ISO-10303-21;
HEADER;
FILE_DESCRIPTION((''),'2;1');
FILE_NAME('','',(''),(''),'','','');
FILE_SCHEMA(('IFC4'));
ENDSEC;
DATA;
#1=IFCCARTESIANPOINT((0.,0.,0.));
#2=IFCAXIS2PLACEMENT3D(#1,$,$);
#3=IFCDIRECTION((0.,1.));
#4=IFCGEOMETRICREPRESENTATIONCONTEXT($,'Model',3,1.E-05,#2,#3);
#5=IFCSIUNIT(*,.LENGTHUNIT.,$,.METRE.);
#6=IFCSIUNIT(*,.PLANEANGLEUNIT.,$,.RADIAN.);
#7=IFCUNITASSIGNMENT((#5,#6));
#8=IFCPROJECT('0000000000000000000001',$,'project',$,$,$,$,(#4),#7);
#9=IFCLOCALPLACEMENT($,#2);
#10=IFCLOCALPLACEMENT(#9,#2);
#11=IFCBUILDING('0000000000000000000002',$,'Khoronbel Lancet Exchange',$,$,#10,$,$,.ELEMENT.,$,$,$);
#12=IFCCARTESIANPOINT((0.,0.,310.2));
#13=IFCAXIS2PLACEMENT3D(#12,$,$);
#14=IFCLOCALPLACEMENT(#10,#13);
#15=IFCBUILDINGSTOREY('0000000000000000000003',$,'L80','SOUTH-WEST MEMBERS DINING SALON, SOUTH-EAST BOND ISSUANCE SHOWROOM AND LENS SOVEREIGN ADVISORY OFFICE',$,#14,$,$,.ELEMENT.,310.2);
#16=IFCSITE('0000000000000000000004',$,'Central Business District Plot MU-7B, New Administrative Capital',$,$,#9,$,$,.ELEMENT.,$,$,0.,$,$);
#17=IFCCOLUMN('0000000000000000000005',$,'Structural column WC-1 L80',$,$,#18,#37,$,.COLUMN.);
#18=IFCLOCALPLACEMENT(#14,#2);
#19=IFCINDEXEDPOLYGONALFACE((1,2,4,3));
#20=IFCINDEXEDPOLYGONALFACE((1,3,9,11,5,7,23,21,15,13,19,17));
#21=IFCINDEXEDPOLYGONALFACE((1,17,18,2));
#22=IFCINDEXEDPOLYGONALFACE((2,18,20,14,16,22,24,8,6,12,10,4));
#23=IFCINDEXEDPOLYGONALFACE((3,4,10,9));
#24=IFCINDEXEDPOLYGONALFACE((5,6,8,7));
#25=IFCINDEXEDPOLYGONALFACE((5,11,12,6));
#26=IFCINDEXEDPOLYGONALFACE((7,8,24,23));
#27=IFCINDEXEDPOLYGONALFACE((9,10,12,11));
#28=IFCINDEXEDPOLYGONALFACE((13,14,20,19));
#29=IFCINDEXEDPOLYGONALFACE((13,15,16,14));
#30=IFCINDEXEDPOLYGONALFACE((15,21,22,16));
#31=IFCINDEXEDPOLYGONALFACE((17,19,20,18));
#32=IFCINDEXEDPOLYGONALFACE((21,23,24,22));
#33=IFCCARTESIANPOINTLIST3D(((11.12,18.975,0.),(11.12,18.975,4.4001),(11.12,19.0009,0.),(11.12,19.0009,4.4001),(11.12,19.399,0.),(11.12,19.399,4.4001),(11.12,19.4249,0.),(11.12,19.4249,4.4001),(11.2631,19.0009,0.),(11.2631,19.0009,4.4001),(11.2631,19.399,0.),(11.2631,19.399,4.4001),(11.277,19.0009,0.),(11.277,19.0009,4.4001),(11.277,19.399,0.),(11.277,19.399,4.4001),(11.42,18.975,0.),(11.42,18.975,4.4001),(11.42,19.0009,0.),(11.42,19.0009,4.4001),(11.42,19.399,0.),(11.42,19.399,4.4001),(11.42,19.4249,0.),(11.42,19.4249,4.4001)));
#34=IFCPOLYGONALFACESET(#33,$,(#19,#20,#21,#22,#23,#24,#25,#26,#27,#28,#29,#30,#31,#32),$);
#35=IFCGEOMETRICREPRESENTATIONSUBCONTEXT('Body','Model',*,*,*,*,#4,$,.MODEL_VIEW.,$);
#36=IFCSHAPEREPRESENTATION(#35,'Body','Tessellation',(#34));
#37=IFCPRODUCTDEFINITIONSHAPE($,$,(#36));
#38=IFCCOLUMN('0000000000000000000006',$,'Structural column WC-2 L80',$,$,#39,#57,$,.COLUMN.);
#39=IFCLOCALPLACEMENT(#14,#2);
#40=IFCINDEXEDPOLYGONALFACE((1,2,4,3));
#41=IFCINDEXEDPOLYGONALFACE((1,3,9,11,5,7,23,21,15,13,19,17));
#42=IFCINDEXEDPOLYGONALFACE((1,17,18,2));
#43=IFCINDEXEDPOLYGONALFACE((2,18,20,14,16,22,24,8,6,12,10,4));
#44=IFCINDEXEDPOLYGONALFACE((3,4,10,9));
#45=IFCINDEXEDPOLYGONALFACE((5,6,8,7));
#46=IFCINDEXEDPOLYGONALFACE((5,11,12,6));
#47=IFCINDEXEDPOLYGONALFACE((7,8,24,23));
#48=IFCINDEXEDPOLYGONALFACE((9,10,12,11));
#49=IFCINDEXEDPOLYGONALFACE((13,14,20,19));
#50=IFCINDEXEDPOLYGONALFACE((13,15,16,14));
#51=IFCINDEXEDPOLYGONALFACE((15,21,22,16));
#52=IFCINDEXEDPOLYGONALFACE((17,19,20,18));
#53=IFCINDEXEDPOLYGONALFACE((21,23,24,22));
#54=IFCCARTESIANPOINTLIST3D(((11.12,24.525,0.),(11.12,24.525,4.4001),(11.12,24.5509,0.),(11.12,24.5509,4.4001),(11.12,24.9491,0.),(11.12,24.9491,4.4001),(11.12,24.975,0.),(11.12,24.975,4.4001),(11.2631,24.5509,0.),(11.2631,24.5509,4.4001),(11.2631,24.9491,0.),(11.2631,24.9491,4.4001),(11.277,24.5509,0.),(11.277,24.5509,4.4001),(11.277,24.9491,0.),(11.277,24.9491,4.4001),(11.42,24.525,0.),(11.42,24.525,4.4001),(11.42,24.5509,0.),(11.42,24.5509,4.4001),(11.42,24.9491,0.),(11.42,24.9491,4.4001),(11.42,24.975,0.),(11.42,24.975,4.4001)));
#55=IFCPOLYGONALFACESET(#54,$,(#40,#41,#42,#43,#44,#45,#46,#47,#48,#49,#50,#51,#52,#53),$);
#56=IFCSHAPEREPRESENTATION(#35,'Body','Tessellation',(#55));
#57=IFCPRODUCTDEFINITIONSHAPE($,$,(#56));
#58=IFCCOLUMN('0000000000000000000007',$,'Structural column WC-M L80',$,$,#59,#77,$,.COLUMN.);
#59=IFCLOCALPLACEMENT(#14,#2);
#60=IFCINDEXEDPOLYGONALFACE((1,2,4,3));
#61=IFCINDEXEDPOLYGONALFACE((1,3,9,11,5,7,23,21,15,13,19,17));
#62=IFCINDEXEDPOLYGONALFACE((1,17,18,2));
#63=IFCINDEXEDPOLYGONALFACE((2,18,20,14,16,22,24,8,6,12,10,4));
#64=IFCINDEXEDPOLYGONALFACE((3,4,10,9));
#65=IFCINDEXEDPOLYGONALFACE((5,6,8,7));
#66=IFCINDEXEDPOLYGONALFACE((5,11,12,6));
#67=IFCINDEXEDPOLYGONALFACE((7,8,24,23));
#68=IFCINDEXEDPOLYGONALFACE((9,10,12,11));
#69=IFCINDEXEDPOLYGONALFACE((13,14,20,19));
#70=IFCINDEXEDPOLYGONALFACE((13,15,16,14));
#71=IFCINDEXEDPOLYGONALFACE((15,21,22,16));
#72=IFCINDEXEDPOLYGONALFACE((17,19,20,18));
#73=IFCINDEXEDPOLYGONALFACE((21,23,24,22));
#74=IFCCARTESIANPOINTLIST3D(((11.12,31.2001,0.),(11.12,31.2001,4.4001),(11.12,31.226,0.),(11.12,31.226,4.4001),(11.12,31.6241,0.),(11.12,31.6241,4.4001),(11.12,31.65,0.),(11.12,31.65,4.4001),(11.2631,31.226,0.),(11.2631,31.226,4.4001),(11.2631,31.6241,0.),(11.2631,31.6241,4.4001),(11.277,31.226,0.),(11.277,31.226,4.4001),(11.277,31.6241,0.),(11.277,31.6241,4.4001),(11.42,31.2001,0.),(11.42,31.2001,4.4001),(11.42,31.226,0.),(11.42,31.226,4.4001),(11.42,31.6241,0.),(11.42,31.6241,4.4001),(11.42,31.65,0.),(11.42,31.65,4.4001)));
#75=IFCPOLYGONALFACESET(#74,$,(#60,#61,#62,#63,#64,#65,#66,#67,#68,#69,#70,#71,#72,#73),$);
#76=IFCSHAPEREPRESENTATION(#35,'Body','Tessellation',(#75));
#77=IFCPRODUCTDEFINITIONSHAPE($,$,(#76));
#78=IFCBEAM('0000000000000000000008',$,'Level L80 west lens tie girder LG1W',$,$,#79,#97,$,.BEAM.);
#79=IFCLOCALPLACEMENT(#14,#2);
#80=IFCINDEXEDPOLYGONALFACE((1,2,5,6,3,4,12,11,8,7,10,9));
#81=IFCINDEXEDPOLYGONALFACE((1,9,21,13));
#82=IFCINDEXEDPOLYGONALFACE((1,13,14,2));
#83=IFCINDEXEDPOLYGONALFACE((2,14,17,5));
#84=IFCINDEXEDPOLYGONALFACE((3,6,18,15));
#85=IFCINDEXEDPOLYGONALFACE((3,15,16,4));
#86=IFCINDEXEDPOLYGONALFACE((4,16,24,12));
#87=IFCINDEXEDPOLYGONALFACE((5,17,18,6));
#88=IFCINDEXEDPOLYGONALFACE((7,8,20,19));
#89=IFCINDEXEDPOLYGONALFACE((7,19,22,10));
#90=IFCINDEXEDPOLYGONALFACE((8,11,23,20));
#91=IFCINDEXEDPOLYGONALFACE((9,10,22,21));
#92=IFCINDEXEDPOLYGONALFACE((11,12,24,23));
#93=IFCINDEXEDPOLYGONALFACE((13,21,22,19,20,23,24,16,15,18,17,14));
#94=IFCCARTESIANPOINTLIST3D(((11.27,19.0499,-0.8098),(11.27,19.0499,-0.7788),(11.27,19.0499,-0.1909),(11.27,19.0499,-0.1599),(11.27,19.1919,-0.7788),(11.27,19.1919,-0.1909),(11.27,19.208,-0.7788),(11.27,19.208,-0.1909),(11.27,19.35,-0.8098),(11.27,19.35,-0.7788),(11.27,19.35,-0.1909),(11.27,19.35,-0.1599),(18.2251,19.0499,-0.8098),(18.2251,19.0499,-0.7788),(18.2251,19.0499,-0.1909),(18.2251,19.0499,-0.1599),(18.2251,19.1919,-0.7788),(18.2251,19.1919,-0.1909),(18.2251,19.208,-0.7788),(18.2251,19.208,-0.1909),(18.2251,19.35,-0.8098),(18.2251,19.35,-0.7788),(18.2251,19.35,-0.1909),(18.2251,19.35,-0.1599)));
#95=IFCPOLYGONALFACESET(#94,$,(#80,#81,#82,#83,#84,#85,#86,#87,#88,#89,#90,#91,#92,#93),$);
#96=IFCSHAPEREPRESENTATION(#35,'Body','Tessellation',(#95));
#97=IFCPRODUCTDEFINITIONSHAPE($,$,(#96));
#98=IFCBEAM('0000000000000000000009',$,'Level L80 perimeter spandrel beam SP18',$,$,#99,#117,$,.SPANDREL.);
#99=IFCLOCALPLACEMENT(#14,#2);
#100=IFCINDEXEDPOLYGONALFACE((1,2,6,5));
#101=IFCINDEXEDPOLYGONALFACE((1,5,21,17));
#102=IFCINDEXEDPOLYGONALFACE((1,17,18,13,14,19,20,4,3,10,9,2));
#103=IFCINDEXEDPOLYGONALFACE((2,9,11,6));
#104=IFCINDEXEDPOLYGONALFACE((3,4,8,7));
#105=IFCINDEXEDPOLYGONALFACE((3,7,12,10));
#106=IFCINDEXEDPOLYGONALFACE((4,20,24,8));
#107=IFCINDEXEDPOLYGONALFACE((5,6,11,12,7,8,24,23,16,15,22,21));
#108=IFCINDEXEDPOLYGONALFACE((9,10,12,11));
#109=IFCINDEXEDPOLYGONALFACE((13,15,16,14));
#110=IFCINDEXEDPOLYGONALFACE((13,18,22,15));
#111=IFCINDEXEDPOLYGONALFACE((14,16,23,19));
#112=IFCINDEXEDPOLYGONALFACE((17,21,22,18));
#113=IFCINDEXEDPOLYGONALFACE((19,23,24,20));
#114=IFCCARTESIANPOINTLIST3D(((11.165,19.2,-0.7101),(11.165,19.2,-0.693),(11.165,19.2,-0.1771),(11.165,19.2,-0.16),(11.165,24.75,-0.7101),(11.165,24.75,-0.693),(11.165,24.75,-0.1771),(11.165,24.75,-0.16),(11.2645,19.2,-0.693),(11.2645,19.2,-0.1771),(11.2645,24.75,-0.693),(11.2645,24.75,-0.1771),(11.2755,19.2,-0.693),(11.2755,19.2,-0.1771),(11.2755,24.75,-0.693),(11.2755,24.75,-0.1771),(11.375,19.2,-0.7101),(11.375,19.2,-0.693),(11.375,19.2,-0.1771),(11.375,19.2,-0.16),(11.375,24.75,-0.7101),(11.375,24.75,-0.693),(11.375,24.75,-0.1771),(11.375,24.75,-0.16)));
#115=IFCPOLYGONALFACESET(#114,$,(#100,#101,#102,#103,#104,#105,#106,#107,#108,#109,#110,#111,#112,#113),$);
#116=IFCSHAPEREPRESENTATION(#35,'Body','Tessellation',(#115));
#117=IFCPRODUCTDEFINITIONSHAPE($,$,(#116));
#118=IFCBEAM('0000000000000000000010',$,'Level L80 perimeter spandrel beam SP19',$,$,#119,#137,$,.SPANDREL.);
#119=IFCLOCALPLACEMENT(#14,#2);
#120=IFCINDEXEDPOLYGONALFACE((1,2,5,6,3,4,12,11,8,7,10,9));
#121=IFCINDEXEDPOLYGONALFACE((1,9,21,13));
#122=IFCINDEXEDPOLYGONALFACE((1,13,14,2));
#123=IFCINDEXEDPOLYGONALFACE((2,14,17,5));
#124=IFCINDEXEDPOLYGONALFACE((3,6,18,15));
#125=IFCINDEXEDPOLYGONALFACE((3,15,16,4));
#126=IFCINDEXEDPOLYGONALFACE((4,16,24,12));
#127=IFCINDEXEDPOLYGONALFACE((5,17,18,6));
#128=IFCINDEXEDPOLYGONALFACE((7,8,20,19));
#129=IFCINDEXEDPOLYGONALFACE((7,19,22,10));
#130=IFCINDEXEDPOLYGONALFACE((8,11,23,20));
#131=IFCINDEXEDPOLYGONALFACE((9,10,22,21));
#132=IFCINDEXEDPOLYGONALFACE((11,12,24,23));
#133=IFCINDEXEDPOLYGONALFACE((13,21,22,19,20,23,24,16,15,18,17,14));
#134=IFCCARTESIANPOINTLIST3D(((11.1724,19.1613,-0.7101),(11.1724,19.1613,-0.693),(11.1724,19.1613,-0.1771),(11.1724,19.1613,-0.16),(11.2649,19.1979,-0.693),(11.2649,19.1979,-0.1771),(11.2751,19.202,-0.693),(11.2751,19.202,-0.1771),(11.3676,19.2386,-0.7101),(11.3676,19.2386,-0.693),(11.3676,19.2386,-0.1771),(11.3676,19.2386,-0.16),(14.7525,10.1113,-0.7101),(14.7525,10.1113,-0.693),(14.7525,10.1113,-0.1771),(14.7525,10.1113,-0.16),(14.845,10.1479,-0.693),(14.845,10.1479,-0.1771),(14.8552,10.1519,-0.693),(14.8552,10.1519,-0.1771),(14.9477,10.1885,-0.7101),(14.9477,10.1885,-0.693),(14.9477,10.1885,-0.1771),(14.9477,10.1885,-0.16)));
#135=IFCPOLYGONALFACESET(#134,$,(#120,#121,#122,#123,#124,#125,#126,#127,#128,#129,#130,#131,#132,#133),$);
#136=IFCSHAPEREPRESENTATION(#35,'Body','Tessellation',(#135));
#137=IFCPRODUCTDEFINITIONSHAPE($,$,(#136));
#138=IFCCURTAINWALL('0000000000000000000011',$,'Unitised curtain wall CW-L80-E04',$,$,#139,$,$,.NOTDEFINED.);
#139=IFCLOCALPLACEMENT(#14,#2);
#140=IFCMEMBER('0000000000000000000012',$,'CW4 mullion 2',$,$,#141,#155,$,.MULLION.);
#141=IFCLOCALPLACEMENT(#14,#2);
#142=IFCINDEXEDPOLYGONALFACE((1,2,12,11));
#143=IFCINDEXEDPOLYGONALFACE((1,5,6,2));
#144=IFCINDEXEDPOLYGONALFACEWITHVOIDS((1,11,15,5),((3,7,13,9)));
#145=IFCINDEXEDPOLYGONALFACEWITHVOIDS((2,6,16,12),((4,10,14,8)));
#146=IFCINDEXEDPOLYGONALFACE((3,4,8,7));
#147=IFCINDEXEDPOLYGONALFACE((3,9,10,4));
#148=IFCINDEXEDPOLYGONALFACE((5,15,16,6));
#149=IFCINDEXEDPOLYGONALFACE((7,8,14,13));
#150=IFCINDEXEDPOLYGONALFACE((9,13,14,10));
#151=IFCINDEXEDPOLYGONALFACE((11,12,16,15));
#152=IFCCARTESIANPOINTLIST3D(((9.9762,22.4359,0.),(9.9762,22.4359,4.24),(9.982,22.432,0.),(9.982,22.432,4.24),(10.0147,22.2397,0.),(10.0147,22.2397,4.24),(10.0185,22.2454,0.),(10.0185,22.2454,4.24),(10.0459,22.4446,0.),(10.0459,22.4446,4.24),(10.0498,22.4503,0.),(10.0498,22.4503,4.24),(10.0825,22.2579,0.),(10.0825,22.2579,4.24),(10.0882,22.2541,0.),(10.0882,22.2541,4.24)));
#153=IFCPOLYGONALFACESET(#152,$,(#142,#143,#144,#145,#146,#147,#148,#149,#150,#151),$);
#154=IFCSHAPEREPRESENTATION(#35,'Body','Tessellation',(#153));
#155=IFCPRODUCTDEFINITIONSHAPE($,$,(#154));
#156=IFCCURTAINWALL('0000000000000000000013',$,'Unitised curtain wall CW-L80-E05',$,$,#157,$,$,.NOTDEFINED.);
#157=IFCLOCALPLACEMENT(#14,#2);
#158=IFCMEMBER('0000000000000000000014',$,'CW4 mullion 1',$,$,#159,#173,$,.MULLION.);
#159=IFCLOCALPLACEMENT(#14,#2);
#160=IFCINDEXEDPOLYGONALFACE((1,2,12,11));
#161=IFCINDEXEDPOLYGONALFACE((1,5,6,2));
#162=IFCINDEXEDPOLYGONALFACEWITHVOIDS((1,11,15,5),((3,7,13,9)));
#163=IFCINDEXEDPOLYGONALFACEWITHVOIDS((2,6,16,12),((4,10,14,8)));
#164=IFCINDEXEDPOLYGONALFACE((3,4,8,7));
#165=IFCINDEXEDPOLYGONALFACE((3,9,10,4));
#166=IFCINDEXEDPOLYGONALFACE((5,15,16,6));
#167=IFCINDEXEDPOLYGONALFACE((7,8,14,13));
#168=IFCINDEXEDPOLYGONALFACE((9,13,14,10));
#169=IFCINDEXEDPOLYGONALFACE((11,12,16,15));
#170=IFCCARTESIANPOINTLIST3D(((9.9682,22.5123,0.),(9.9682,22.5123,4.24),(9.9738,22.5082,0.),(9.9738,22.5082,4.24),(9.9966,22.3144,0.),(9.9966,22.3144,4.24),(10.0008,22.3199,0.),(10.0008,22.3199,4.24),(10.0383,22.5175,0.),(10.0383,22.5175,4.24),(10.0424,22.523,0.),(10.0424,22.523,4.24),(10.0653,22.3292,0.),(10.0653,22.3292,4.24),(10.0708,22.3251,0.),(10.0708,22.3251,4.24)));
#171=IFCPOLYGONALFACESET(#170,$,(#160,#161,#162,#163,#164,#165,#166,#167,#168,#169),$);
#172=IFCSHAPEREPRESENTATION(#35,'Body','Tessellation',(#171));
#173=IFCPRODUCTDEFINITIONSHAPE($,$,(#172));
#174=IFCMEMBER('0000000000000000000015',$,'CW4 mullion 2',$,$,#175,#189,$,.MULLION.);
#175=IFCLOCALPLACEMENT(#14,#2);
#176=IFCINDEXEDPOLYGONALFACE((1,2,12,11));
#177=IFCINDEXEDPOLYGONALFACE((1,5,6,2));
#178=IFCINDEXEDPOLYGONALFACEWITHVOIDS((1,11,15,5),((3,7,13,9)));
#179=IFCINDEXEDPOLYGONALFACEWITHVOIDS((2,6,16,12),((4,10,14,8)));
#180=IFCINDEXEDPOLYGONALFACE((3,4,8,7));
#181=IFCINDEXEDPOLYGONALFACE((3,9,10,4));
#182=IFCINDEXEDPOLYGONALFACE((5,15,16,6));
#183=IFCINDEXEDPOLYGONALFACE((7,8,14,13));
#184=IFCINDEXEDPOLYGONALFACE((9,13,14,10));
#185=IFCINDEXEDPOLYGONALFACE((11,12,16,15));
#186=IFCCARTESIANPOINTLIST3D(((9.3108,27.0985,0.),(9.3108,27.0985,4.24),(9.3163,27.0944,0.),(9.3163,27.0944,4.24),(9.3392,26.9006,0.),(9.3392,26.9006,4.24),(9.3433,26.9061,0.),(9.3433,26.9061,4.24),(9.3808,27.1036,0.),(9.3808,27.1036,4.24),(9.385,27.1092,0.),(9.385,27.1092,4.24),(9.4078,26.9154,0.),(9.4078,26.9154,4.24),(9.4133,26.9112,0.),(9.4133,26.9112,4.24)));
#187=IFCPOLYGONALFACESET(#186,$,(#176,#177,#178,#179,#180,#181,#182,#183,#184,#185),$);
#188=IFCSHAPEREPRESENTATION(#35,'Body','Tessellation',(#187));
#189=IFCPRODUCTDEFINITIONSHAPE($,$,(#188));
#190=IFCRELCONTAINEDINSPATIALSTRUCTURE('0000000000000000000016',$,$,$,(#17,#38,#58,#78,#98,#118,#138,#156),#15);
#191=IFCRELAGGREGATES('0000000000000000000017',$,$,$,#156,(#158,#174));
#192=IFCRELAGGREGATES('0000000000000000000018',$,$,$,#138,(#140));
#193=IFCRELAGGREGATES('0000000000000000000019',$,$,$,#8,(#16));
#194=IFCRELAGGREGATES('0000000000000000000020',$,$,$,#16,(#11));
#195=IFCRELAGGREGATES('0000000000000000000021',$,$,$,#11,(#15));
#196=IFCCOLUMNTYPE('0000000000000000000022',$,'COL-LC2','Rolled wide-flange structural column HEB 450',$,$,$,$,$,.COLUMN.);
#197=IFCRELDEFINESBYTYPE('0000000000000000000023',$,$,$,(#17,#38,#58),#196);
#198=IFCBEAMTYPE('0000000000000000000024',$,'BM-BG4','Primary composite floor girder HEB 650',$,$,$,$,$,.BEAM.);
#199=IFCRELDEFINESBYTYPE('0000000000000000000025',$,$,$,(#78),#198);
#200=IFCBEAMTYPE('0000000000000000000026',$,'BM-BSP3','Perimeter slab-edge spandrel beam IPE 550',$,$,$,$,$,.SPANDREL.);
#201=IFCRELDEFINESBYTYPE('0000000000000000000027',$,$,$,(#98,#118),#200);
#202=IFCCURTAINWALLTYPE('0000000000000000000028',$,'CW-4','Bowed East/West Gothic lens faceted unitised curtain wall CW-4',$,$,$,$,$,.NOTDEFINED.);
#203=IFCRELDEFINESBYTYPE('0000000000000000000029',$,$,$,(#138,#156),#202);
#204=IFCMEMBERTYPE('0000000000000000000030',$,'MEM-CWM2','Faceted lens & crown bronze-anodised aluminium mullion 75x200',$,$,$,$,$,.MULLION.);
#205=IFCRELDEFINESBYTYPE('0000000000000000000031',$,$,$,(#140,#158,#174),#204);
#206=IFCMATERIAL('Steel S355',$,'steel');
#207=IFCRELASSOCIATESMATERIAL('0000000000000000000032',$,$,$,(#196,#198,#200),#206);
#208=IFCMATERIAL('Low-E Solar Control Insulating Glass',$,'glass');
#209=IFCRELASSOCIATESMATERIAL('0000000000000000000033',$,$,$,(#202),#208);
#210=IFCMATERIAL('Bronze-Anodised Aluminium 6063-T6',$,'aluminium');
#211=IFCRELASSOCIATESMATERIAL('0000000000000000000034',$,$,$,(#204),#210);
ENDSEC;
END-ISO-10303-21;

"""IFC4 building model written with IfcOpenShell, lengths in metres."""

from ifc_helpers import new_model, si_unit, direction, frame, origin, origin_2d, place, context, subcontext, project, spatial, hollow_rectangle, i_section, extrude, material, material_profile, profile_set, type_object, element, aggregate, save


model = new_model("IFC4")

# Units and contexts
model_context = context("Model", 3, precision=1e-05, world=origin(), true_north=direction((0.0, 1.0)))
body_context = subcontext(model_context, "Body", "Model", "MODEL_VIEW")
ifc_project = project(units=[si_unit("LENGTHUNIT", "METRE"), si_unit("PLANEANGLEUNIT", "RADIAN")], contexts=[model_context])

# Site, building, storey
site_placement = place(None, origin())
site = spatial("IfcSite", under=ifc_project, at=site_placement, Name="Central Business District Plot MU-7B, New Administrative Capital", CompositionType="ELEMENT", RefElevation=0.0)
building_placement = place(site_placement, origin())
building = spatial("IfcBuilding", under=site, at=building_placement, Name="Khoronbel Lancet Exchange", CompositionType="ELEMENT")
storey_placement = place(building_placement, frame((0.0, 0.0, 310.2)))
storey = spatial("IfcBuildingStorey", under=building, at=storey_placement, Name="L80", Description="SOUTH-WEST MEMBERS DINING SALON, SOUTH-EAST BOND ISSUANCE SHOWROOM AND LENS SOVEREIGN ADVISORY OFFICE", CompositionType="ELEMENT", Elevation=310.2)

# Columns
ifc_material_1 = material(Name="Steel S355", Category="steel")
ifc_material_profile_1 = material_profile(ifc_material_1, i_section(OverallWidth=0.3, OverallDepth=0.45, WebThickness=0.0139, FlangeThickness=0.0259, at=origin_2d()), Name="HEB 450")
ifc_profile_set_1 = profile_set([ifc_material_profile_1], Name="Steel S355")
column_type = type_object("IfcColumnType", Name="COL-LC2", Description="Rolled wide-flange structural column HEB 450", PredefinedType="COLUMN", material=ifc_profile_set_1)
for number, where, z_axis, x_axis, name in (
    (1, (11.27, 19.2, 0.0), (0.0, 0.0, 1.0), (1.0, 0.0, 0.0), "Structural column WC-1 L80"),
    (2, (11.27, 24.75, 0.0), (0.0, 0.0, 1.0), (1.0, 0.0, 0.0), "Structural column WC-2 L80"),
    (3, (11.27, 31.425, 0.0), (0.0, 0.0, 1.0), (1.0, 0.0, 0.0), "Structural column WC-M L80"),
):
    element("IfcColumn", number, at=place(storey_placement, frame(where, z_axis=z_axis, x_axis=x_axis)), inside=storey, type_object=column_type, Name=name, PredefinedType="COLUMN", context=body_context, shape_type="SweptSolid", body=[
        extrude(i_section(OverallWidth=0.3, OverallDepth=0.45, WebThickness=0.0139, FlangeThickness=0.0259, at=origin_2d()), origin(), (0.0, 0.0, 1.0), 4.4001),
    ])

# Beams
ifc_material_profile_2 = material_profile(ifc_material_1, i_section(OverallWidth=0.3, OverallDepth=0.6499, WebThickness=0.0161, FlangeThickness=0.031, at=origin_2d()), Name="HEB 650")
ifc_profile_set_2 = profile_set([ifc_material_profile_2], Name="Steel S355")
beam_type_1 = type_object("IfcBeamType", Name="BM-BG4", Description="Primary composite floor girder HEB 650", PredefinedType="BEAM", material=ifc_profile_set_2)
beam_1_placement = place(storey_placement, frame((11.27, 19.2, -0.4849), z_axis=(1.0, 0.0, 0.0), x_axis=(0.0, 1.0, 0.0)))
element("IfcBeam", 4, at=beam_1_placement, inside=storey, type_object=beam_type_1, Name="Level L80 west lens tie girder LG1W", PredefinedType="BEAM", context=body_context, shape_type="SweptSolid", body=[
    extrude(i_section(OverallWidth=0.3, OverallDepth=0.6499, WebThickness=0.0161, FlangeThickness=0.031, at=origin_2d()), origin(), (0.0, 0.0, 1.0), 6.9551),
])
ifc_material_profile_3 = material_profile(ifc_material_1, i_section(OverallWidth=0.21, OverallDepth=0.55, WebThickness=0.011, FlangeThickness=0.0171, at=origin_2d()), Name="IPE 550")
ifc_profile_set_3 = profile_set([ifc_material_profile_3], Name="Steel S355")
beam_type_2 = type_object("IfcBeamType", Name="BM-BSP3", Description="Perimeter slab-edge spandrel beam IPE 550", PredefinedType="SPANDREL", material=ifc_profile_set_3)
beam_2_placement = place(storey_placement, frame((11.27, 24.75, -0.4351), z_axis=(0.0, -1.0, 0.0), x_axis=(1.0, 0.0, 0.0)))
element("IfcBeam", 5, at=beam_2_placement, inside=storey, type_object=beam_type_2, Name="Level L80 perimeter spandrel beam SP18", PredefinedType="SPANDREL", context=body_context, shape_type="SweptSolid", body=[
    extrude(i_section(OverallWidth=0.21, OverallDepth=0.55, WebThickness=0.011, FlangeThickness=0.0171, at=origin_2d()), origin(), (0.0, 0.0, 1.0), 5.55),
])
beam_3_placement = place(storey_placement, frame((11.27, 19.2, -0.4351), z_axis=(0.36785, -0.929885, 0.0), x_axis=(0.929885, 0.36785, 0.0)))
element("IfcBeam", 6, at=beam_3_placement, inside=storey, type_object=beam_type_2, Name="Level L80 perimeter spandrel beam SP19", PredefinedType="SPANDREL", context=body_context, shape_type="SweptSolid", body=[
    extrude(i_section(OverallWidth=0.21, OverallDepth=0.55, WebThickness=0.011, FlangeThickness=0.0171, at=origin_2d()), origin(), (0.0, 0.0, 1.0), 9.7324),
])

# Curtain wall, member
ifc_material_2 = material(Name="Low-E Solar Control Insulating Glass", Category="glass")
curtain_wall_type = type_object("IfcCurtainWallType", Name="CW-4", Description="Bowed East/West Gothic lens faceted unitised curtain wall CW-4", PredefinedType="NOTDEFINED", material=ifc_material_2)
curtain_wall_1_placement = place(storey_placement, origin())
curtain_wall_1 = element("IfcCurtainWall", 7, at=curtain_wall_1_placement, inside=storey, type_object=curtain_wall_type, Name="Unitised curtain wall CW-L80-E04", PredefinedType="NOTDEFINED")
ifc_material_3 = material(Name="Bronze-Anodised Aluminium 6063-T6", Category="aluminium")
ifc_material_profile_4 = material_profile(ifc_material_3, hollow_rectangle(XDim=0.075, YDim=0.2, WallThickness=0.0049, at=origin_2d()), Name="ALU MULLION 75x200")
ifc_profile_set_4 = profile_set([ifc_material_profile_4], Name="Bronze-Anodised Aluminium 6063-T6")
member_type_1 = type_object("IfcMemberType", Name="MEM-CWM2", Description="Faceted lens & crown bronze-anodised aluminium mullion 75x200", PredefinedType="MULLION", material=ifc_profile_set_4)
member_1_placement = place(storey_placement, frame((10.0322, 22.345, 0.0), z_axis=(0.0, 0.0, 1.0), x_axis=(-0.98136, -0.192177, 0.0)))
member_1 = element("IfcMember", 8, at=member_1_placement, type_object=member_type_1, Name="CW4 mullion 2", PredefinedType="MULLION", context=body_context, shape_type="SweptSolid", body=[
    extrude(hollow_rectangle(XDim=0.075, YDim=0.2, WallThickness=0.0049, at=origin_2d()), origin(), (0.0, 0.0, 1.0), 4.24),
])

# Curtain wall, members
curtain_wall_2_placement = place(storey_placement, origin())
curtain_wall_2 = element("IfcCurtainWall", 9, at=curtain_wall_2_placement, inside=storey, type_object=curtain_wall_type, Name="Unitised curtain wall CW-L80-E05", PredefinedType="NOTDEFINED")
member_2_placement = place(storey_placement, frame((10.0195, 22.4187, 0.0), z_axis=(0.0, 0.0, 1.0), x_axis=(-0.98988, -0.141906, 0.0)))
member_2 = element("IfcMember", 10, at=member_2_placement, type_object=member_type_1, Name="CW4 mullion 1", PredefinedType="MULLION", context=body_context, shape_type="SweptSolid", body=[
    extrude(hollow_rectangle(XDim=0.075, YDim=0.2, WallThickness=0.0049, at=origin_2d()), origin(), (0.0, 0.0, 1.0), 4.24),
])
member_3_placement = place(storey_placement, frame((9.3621, 27.0049, 0.0), z_axis=(0.0, 0.0, 1.0), x_axis=(-0.98988, -0.141906, 0.0)))
member_3 = element("IfcMember", 11, at=member_3_placement, type_object=member_type_1, Name="CW4 mullion 2", PredefinedType="MULLION", context=body_context, shape_type="SweptSolid", body=[
    extrude(hollow_rectangle(XDim=0.075, YDim=0.2, WallThickness=0.0049, at=origin_2d()), origin(), (0.0, 0.0, 1.0), 4.24),
])

aggregate(curtain_wall_2, [member_2, member_3])
aggregate(curtain_wall_1, [member_1])

save(model, "model.ifc")
